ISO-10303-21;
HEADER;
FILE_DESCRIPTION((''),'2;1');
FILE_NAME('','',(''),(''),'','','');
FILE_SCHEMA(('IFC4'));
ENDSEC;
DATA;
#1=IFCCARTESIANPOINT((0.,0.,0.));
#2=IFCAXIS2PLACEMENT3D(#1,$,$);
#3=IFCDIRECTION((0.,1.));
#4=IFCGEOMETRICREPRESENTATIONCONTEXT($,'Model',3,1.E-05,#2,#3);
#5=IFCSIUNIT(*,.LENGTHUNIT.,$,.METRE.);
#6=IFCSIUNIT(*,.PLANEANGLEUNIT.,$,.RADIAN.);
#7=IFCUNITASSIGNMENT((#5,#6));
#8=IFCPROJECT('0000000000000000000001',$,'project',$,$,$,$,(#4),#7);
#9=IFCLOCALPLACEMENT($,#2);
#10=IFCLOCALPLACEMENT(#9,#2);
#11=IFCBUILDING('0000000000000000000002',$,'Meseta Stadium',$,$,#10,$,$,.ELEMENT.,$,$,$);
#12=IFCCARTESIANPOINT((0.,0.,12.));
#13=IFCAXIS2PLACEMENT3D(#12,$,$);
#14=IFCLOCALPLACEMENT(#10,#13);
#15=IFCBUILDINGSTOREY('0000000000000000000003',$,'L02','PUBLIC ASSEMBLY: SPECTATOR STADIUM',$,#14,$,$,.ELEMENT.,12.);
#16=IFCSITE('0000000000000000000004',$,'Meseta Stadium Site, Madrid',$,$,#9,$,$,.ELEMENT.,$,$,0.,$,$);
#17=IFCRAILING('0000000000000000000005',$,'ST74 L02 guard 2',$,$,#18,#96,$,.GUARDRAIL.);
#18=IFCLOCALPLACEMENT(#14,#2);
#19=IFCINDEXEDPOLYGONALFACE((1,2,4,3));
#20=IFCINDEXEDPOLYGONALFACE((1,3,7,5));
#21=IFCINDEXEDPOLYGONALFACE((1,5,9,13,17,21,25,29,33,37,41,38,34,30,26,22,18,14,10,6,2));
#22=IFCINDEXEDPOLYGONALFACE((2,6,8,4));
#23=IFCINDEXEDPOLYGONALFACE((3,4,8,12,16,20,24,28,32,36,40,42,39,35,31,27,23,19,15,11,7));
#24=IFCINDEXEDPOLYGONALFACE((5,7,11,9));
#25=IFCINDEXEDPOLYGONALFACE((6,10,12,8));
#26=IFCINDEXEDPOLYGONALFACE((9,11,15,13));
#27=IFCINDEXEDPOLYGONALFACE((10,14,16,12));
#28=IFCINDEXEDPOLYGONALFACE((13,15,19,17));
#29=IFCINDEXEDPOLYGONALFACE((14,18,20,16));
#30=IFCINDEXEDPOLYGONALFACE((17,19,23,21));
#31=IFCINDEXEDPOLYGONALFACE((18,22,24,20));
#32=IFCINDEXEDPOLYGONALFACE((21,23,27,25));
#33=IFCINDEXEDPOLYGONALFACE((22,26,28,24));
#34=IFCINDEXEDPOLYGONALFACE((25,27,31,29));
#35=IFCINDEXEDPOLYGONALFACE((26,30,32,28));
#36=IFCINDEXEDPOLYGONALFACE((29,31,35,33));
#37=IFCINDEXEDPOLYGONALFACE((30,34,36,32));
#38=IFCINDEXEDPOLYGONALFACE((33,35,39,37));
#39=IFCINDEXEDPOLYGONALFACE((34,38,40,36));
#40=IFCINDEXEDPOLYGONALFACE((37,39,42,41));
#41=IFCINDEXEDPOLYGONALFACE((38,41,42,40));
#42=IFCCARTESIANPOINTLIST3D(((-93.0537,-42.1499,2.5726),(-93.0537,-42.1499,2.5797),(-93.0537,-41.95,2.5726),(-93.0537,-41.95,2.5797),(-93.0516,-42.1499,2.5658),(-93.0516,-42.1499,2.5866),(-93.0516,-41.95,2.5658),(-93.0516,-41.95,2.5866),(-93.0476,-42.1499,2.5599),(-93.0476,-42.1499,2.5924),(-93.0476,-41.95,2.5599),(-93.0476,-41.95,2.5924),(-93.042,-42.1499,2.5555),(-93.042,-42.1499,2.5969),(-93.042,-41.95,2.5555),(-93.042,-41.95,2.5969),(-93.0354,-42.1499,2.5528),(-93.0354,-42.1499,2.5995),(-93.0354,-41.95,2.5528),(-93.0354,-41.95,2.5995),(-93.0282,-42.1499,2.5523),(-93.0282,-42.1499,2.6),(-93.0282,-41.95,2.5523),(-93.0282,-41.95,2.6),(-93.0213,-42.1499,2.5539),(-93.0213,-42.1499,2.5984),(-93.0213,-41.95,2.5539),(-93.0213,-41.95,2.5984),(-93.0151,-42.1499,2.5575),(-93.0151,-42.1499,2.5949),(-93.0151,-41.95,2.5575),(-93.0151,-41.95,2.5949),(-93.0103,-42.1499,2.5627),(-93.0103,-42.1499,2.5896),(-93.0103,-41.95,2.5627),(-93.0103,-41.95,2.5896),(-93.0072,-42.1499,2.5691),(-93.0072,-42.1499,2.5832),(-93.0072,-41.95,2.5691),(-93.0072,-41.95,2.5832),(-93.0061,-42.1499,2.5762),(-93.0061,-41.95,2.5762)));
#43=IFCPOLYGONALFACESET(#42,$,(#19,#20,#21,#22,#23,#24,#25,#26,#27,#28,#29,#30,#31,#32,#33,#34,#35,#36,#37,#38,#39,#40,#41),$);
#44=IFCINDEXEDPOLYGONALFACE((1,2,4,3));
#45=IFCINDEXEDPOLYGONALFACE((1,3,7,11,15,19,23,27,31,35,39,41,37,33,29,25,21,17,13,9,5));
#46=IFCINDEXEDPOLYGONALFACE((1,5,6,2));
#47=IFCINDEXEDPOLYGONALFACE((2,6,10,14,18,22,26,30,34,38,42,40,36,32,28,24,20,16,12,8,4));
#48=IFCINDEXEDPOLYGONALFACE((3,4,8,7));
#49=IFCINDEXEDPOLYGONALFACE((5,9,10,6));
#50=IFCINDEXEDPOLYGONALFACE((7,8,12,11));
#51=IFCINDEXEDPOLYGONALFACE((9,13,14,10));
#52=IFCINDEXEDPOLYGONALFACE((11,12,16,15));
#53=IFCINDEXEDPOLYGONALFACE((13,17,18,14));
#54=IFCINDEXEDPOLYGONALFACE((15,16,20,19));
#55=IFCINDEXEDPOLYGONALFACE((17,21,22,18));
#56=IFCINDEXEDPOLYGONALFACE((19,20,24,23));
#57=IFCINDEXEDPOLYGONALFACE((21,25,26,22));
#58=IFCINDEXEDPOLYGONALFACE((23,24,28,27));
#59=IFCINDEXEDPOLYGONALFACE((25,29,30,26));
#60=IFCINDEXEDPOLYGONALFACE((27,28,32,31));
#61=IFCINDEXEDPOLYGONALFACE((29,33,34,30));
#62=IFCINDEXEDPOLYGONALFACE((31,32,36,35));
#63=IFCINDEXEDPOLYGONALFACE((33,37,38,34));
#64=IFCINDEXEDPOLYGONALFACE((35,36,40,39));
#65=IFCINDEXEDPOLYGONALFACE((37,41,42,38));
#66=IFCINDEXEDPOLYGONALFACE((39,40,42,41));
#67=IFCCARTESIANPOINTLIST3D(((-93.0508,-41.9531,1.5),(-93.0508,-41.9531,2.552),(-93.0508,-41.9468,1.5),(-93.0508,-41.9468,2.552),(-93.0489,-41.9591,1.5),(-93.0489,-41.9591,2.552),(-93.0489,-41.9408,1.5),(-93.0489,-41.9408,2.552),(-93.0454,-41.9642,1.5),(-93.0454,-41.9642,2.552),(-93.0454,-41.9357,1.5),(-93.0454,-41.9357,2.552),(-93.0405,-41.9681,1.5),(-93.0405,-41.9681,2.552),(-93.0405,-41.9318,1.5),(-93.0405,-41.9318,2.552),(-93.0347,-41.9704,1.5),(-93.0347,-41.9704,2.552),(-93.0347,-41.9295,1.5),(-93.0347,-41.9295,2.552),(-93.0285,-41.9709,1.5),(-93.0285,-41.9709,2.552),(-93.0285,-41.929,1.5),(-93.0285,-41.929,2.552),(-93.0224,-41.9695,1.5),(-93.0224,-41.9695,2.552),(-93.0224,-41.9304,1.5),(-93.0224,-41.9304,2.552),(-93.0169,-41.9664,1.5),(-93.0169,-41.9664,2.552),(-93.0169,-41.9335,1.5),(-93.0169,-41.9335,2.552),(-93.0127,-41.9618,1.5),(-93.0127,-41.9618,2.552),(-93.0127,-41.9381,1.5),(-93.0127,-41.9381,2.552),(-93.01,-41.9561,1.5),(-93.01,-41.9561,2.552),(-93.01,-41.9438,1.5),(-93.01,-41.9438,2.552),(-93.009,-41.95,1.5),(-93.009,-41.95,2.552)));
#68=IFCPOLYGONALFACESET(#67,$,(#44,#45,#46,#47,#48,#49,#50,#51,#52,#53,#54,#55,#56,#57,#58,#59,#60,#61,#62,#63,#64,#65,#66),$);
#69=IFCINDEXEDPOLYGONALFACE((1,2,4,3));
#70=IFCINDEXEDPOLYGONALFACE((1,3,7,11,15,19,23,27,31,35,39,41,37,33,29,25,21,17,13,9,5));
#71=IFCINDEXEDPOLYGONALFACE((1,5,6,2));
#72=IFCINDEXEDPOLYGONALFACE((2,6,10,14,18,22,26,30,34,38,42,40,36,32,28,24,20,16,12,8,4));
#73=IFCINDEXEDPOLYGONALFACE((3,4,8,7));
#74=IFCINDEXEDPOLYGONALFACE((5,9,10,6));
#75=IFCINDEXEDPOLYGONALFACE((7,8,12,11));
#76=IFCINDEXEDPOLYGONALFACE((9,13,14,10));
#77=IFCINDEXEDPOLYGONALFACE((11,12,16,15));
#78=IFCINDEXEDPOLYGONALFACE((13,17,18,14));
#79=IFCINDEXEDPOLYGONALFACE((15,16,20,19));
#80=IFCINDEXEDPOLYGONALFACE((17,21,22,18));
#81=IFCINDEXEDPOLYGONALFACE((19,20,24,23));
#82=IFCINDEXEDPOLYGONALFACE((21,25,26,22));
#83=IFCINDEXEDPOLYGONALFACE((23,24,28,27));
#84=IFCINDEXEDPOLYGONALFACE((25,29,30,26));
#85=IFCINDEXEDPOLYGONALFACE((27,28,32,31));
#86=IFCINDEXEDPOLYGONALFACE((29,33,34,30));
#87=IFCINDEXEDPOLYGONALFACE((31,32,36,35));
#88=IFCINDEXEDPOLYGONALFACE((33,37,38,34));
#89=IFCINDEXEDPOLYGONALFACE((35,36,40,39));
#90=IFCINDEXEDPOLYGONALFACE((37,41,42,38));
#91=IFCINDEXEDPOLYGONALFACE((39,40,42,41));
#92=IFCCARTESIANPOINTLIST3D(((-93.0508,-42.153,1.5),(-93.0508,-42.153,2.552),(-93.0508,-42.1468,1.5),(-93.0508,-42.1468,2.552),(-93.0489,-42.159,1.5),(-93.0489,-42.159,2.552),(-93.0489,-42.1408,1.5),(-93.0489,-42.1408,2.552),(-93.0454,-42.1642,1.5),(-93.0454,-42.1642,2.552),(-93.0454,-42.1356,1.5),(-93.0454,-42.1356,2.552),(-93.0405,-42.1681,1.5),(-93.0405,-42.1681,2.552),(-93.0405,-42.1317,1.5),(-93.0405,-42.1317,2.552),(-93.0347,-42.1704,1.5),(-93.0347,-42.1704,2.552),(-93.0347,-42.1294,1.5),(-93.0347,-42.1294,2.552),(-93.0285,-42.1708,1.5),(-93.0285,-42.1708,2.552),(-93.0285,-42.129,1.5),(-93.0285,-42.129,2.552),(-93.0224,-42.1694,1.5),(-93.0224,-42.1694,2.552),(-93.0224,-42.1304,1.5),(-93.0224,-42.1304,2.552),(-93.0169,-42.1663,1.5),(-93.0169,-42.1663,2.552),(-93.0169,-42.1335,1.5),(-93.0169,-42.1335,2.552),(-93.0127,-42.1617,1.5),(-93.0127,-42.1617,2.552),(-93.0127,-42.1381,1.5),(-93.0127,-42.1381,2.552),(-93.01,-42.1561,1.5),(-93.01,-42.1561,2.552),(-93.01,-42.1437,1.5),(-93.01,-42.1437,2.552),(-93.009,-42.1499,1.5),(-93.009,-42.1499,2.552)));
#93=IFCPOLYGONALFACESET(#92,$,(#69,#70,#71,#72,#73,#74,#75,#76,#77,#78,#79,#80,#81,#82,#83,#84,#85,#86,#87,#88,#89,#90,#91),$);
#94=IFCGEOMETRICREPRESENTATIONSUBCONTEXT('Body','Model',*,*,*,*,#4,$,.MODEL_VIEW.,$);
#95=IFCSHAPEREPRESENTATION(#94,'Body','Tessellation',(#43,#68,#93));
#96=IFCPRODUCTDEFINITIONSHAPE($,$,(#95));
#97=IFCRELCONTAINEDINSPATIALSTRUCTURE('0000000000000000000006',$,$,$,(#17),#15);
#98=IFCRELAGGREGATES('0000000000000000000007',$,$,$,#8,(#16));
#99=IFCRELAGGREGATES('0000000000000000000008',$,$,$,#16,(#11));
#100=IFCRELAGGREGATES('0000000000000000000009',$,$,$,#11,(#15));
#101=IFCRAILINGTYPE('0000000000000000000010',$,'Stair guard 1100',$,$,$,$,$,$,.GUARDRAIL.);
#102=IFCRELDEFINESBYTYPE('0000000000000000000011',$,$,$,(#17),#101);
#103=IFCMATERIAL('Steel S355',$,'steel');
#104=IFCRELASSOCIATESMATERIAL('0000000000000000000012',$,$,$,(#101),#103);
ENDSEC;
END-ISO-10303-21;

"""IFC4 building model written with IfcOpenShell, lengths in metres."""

from ifc_helpers import new_model, si_unit, direction, frame, origin, origin_2d, place, context, subcontext, project, spatial, circle, extrude, material, type_object, element, save


model = new_model("IFC4")

# Units and contexts
model_context = context("Model", 3, precision=1e-05, world=origin(), true_north=direction((0.0, 1.0)))
body_context = subcontext(model_context, "Body", "Model", "MODEL_VIEW")
ifc_project = project(units=[si_unit("LENGTHUNIT", "METRE"), si_unit("PLANEANGLEUNIT", "RADIAN")], contexts=[model_context])

# Site, building, storey
site_placement = place(None, origin())
site = spatial("IfcSite", under=ifc_project, at=site_placement, Name="Meseta Stadium Site, Madrid", CompositionType="ELEMENT", RefElevation=0.0)
building_placement = place(site_placement, origin())
building = spatial("IfcBuilding", under=site, at=building_placement, Name="Meseta Stadium", CompositionType="ELEMENT")
storey_placement = place(building_placement, frame((0.0, 0.0, 12.0)))
storey = spatial("IfcBuildingStorey", under=building, at=storey_placement, Name="L02", Description="PUBLIC ASSEMBLY: SPECTATOR STADIUM", CompositionType="ELEMENT", Elevation=12.0)

# Railing
ifc_material_1 = material(Name="Steel S355", Category="steel")
railing_type_1 = type_object("IfcRailingType", Name="Stair guard 1100", PredefinedType="GUARDRAIL", material=ifc_material_1)
railing_1_placement = place(storey_placement, frame((-93.03, -41.95, 1.5)))
element("IfcRailing", 1, at=railing_1_placement, inside=storey, type_object=railing_type_1, Name="ST74 L02 guard 2", PredefinedType="GUARDRAIL", context=body_context, shape_type="SweptSolid", body=[
    extrude(circle(Radius=0.0239, at=origin_2d()), frame((0.0, 0.0, 1.0762), z_axis=(0.0, -1.0, 0.0), x_axis=(1.0, 0.0, 0.0)), (0.0, 0.0, 1.0), 0.2),
    extrude(circle(Radius=0.021, at=origin_2d()), origin(), (0.0, 0.0, 1.0), 1.052),
    extrude(circle(Radius=0.021, at=origin_2d()), frame((0.0, -0.2, 0.0)), (0.0, 0.0, 1.0), 1.052),
])

save(model, "model.ifc")
